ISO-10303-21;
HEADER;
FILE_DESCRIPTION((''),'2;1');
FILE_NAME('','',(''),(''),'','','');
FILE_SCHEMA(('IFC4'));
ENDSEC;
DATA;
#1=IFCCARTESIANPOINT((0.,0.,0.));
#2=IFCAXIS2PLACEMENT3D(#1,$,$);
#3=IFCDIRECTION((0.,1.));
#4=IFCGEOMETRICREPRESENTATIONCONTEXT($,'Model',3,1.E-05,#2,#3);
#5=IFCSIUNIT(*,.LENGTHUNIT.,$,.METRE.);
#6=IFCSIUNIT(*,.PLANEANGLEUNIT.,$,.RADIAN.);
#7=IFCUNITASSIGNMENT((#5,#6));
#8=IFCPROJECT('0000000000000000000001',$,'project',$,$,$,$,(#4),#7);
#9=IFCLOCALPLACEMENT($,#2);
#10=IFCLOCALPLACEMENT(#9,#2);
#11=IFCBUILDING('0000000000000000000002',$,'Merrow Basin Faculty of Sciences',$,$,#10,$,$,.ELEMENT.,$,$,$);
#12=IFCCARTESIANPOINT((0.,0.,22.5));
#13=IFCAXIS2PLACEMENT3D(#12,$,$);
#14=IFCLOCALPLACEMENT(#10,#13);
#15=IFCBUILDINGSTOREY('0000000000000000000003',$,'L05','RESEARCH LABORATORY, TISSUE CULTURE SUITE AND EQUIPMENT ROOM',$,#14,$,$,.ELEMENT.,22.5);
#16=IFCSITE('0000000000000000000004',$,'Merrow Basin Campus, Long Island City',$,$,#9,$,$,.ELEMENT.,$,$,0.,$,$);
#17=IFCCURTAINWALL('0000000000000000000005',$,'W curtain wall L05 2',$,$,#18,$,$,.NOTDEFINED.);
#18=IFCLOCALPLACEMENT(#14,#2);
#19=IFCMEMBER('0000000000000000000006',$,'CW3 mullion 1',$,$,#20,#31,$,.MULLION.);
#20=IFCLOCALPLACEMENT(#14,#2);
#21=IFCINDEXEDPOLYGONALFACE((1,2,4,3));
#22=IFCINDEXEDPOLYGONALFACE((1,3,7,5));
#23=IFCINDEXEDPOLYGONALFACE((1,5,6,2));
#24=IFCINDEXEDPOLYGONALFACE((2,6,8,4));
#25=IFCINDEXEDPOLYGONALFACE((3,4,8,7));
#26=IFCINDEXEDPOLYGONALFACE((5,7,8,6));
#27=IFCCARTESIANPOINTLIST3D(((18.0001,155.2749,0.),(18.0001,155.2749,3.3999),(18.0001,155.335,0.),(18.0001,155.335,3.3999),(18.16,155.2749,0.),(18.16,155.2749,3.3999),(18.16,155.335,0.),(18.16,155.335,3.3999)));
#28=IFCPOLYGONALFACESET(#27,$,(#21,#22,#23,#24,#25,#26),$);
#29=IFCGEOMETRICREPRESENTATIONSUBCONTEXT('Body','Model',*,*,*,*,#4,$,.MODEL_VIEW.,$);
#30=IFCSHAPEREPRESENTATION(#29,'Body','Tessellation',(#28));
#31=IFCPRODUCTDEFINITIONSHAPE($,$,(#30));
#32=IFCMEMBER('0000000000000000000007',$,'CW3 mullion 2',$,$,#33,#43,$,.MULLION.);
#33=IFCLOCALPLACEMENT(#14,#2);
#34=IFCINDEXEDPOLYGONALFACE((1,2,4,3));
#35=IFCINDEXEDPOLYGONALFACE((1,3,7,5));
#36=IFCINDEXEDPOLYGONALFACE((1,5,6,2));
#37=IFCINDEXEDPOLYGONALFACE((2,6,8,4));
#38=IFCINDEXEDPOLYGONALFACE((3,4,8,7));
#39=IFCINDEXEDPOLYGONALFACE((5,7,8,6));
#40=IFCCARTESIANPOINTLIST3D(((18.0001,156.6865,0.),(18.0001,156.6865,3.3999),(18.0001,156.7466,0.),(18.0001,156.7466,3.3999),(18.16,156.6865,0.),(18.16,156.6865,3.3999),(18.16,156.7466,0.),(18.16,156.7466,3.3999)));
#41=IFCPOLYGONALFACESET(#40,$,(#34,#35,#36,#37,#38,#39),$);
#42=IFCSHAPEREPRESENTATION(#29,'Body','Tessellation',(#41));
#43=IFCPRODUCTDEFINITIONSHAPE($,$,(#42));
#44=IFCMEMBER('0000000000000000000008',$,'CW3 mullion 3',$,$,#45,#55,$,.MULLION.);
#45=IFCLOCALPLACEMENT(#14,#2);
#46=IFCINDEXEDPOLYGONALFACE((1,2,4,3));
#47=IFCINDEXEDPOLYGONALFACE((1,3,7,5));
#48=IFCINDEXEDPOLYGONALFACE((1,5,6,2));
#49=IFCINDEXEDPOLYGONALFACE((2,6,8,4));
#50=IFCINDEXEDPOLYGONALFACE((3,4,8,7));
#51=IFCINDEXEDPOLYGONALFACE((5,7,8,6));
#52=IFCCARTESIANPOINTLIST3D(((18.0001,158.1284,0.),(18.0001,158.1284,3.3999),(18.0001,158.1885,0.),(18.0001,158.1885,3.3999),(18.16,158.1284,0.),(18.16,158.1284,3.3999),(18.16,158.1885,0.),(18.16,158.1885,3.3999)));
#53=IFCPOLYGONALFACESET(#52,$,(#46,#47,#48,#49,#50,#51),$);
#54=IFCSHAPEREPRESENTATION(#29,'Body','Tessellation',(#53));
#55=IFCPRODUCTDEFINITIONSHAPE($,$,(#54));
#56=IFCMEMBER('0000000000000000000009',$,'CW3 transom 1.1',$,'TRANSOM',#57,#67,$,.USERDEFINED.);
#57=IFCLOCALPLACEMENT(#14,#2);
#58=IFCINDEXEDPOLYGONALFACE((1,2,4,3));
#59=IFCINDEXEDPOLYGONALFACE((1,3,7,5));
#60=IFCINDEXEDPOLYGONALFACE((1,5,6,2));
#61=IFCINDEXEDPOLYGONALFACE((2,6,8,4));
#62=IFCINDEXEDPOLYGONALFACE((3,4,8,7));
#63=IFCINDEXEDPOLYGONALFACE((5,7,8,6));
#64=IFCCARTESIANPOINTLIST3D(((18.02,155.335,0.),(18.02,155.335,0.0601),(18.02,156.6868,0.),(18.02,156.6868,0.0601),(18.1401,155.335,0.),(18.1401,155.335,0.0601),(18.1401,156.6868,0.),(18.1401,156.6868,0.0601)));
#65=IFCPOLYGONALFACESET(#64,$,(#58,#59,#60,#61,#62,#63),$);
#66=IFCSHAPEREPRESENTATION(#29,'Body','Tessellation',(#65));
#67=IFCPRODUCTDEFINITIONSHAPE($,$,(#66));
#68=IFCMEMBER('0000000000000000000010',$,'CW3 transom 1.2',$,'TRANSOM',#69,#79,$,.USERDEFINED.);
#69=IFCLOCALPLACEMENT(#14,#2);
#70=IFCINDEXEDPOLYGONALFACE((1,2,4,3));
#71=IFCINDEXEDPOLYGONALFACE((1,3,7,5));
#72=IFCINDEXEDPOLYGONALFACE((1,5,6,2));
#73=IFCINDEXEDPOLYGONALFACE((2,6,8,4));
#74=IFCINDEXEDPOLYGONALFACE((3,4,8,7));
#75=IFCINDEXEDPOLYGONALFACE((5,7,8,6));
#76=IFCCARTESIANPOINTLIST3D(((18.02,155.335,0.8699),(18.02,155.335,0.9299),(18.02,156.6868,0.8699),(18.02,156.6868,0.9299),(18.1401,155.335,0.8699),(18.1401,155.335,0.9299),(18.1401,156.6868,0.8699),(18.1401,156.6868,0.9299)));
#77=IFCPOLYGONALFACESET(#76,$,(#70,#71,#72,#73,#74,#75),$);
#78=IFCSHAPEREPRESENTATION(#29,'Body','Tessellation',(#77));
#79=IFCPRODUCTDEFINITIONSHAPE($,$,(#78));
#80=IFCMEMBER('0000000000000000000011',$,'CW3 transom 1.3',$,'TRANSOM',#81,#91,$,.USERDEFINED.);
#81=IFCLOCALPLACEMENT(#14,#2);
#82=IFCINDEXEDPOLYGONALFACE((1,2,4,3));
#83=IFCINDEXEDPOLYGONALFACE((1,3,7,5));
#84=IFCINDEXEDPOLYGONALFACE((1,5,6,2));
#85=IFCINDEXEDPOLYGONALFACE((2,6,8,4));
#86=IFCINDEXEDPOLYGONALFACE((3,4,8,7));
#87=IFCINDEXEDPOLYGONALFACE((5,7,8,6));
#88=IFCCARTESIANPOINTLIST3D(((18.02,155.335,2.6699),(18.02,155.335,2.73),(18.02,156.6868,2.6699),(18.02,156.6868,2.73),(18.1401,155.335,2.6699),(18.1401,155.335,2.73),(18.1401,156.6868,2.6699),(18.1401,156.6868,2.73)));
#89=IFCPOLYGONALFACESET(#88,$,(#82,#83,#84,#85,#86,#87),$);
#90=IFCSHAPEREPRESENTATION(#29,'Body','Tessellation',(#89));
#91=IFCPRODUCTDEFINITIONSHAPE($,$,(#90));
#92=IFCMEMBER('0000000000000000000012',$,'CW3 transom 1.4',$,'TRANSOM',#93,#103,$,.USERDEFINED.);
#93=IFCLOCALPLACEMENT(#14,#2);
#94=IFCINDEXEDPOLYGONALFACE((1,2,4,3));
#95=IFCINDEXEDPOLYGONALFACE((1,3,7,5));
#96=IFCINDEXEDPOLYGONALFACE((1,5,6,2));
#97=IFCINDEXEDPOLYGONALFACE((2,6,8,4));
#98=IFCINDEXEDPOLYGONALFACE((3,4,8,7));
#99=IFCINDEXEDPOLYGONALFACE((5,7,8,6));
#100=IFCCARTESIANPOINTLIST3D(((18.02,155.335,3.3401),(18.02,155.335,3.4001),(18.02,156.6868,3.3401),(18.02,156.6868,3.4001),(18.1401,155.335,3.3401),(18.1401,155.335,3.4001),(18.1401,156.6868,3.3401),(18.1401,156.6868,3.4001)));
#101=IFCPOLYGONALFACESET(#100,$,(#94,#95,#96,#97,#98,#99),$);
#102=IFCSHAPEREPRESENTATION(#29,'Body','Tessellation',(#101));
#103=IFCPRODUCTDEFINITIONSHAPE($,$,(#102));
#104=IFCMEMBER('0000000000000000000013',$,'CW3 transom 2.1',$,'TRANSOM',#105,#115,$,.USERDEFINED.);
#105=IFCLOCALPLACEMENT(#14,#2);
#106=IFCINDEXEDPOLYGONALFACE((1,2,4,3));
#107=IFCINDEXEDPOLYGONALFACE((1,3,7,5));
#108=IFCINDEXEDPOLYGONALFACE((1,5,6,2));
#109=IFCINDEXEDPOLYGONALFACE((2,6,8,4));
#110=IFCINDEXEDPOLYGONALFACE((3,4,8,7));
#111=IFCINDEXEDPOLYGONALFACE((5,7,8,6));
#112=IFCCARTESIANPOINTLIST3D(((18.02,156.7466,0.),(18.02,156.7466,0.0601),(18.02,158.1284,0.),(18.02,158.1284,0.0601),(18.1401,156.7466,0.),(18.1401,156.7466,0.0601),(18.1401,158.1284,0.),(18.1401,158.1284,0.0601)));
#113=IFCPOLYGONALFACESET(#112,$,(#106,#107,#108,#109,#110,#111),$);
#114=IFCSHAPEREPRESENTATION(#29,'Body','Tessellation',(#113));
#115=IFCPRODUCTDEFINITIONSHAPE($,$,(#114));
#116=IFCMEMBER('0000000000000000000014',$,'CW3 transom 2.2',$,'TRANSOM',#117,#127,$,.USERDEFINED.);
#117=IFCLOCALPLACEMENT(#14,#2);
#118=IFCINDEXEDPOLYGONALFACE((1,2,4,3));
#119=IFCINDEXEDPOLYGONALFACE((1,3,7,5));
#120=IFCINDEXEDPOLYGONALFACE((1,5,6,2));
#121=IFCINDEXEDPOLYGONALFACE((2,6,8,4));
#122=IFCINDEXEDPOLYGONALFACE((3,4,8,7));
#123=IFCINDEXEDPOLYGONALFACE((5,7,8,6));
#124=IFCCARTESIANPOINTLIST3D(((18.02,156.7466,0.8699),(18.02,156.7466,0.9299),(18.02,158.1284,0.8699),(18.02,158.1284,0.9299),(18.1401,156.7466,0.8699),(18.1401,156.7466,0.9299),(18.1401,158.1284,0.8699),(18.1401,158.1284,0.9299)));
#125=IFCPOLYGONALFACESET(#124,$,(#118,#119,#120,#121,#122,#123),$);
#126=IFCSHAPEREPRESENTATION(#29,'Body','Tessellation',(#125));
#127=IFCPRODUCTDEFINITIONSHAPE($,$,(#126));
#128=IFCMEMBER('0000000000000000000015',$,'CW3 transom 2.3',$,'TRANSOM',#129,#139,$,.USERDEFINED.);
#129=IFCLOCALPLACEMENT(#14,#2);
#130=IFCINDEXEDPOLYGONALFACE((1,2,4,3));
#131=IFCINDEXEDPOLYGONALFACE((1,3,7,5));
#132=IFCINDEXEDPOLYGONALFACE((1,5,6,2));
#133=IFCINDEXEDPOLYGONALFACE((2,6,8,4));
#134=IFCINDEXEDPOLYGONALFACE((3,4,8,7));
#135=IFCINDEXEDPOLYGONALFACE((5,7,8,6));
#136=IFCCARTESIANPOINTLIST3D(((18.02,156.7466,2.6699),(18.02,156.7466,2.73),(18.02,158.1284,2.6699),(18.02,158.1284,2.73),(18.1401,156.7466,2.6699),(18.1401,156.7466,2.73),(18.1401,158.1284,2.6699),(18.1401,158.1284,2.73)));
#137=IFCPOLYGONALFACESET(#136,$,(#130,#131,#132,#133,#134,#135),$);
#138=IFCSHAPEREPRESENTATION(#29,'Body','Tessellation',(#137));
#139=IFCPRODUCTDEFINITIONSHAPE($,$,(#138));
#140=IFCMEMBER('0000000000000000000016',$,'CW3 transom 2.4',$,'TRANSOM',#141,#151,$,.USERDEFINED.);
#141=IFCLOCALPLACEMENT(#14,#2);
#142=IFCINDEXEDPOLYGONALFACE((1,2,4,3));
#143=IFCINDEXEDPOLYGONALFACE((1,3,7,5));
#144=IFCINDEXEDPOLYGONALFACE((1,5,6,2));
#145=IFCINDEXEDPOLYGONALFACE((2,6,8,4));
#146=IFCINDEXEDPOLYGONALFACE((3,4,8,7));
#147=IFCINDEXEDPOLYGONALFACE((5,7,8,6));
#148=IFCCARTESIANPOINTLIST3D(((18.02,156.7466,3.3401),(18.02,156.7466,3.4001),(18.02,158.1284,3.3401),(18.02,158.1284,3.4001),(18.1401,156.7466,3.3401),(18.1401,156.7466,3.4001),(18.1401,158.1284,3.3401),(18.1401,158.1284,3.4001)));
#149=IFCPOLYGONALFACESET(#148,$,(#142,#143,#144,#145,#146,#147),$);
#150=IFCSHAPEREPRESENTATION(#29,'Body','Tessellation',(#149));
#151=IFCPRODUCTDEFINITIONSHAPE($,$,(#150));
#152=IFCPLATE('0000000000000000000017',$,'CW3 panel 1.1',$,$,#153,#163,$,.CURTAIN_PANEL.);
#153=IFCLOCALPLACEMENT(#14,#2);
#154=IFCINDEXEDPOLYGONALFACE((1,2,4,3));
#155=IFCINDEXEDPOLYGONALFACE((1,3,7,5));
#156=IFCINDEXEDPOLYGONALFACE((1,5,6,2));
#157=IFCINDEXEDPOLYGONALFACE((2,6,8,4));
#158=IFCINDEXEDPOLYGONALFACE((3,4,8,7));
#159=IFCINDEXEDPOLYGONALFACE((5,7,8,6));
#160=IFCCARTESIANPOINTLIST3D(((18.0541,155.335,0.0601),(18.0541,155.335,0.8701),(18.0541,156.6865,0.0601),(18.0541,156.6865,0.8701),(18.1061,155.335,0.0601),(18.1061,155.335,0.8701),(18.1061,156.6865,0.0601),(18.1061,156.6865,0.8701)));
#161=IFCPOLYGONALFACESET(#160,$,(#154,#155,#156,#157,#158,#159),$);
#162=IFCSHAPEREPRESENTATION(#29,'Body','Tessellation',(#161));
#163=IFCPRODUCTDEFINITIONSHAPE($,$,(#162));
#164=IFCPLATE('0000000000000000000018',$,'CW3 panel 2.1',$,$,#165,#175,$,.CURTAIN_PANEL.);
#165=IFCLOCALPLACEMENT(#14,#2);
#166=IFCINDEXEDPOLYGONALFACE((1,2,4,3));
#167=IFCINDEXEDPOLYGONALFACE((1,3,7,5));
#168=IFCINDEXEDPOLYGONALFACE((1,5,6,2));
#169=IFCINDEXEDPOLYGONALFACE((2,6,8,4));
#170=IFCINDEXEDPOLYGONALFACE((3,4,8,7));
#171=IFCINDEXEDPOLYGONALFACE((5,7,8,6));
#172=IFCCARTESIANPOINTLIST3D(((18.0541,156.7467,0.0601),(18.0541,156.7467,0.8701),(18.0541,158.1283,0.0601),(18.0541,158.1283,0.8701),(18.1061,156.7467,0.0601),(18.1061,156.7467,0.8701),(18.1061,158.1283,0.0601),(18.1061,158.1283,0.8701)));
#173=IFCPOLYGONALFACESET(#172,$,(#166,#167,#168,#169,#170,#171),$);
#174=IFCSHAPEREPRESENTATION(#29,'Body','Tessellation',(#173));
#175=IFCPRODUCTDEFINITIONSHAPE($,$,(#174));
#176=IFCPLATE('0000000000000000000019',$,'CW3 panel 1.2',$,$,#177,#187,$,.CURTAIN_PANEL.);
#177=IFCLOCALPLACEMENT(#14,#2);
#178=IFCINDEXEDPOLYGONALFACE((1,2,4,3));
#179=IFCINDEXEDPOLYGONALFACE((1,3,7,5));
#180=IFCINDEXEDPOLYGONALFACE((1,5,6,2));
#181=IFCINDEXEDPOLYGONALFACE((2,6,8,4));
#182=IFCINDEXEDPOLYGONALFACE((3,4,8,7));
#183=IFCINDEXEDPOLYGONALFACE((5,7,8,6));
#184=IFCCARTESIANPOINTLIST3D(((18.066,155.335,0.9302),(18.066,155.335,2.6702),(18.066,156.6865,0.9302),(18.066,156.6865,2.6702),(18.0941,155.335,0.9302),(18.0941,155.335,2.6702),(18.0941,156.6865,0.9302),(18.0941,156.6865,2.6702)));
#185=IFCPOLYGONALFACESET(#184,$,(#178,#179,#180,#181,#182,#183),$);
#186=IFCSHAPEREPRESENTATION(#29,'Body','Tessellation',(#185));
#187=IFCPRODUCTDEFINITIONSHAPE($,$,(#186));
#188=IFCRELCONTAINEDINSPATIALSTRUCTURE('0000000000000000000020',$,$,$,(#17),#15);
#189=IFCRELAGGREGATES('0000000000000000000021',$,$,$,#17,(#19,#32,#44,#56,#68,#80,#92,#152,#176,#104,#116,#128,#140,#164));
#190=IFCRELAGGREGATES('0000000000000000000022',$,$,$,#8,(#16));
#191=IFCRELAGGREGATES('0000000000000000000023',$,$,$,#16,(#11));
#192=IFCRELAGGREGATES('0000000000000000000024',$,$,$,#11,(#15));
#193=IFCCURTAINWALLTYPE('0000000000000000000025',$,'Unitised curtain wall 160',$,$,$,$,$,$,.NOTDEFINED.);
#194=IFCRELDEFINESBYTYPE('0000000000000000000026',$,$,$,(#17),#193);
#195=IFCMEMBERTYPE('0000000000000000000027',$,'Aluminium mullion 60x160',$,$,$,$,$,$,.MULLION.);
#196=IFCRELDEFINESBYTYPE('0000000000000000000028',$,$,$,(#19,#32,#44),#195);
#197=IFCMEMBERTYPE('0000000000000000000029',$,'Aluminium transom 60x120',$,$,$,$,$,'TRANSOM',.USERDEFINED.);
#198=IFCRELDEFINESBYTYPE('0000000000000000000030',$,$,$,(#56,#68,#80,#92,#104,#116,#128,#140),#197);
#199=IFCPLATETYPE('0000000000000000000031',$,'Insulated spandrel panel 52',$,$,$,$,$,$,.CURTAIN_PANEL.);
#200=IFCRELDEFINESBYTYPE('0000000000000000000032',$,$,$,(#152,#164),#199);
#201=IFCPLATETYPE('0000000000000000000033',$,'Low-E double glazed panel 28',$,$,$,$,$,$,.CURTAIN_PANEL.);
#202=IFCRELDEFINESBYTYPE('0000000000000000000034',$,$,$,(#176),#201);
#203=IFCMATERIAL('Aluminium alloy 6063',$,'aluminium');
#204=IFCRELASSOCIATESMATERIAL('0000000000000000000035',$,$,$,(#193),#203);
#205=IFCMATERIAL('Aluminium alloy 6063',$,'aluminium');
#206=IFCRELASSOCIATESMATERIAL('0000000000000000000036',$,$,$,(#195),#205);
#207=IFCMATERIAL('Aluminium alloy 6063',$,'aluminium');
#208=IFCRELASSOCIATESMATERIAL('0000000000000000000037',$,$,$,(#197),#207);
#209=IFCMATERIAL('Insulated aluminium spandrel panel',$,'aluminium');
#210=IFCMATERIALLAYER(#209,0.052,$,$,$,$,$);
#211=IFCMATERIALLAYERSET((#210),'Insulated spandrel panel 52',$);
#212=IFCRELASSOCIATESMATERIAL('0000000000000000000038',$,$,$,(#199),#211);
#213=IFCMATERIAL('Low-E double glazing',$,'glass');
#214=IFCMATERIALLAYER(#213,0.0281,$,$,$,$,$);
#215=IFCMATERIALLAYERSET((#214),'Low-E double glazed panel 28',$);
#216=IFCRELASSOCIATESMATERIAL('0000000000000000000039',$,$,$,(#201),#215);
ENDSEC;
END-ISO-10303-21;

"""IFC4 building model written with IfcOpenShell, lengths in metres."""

from ifc_helpers import new_model, si_unit, direction, frame, origin, origin_2d, place, context, subcontext, project, spatial, rectangle, extrude, material, layer, layer_set, material_profile, profile_set, type_object, element, aggregate, save


model = new_model("IFC4")

# Units and contexts
model_context = context("Model", 3, precision=1e-05, world=origin(), true_north=direction((0.0, 1.0)))
body_context = subcontext(model_context, "Body", "Model", "MODEL_VIEW")
ifc_project = project(units=[si_unit("LENGTHUNIT", "METRE"), si_unit("PLANEANGLEUNIT", "RADIAN")], contexts=[model_context])

# Site, building, storey
site_placement = place(None, origin())
site = spatial("IfcSite", under=ifc_project, at=site_placement, Name="Merrow Basin Campus, Long Island City", CompositionType="ELEMENT", RefElevation=0.0)
building_placement = place(site_placement, origin())
building = spatial("IfcBuilding", under=site, at=building_placement, Name="Merrow Basin Faculty of Sciences", CompositionType="ELEMENT")
storey_placement = place(building_placement, frame((0.0, 0.0, 22.5)))
storey = spatial("IfcBuildingStorey", under=building, at=storey_placement, Name="L05", Description="RESEARCH LABORATORY, TISSUE CULTURE SUITE AND EQUIPMENT ROOM", CompositionType="ELEMENT", Elevation=22.5)

# Curtain wall, members, plates
ifc_material_1 = material(Name="Aluminium alloy 6063", Category="aluminium")
curtain_wall_type = type_object("IfcCurtainWallType", Name="Unitised curtain wall 160", PredefinedType="NOTDEFINED", material=ifc_material_1)
curtain_wall_placement = place(storey_placement, origin())
curtain_wall = element("IfcCurtainWall", 1, at=curtain_wall_placement, inside=storey, type_object=curtain_wall_type, Name="W curtain wall L05 2", PredefinedType="NOTDEFINED")
ifc_material_2 = material(Name="Aluminium alloy 6063", Category="aluminium")
ifc_material_profile_1 = material_profile(ifc_material_2, rectangle(XDim=0.1599, YDim=0.0601, at=origin_2d()))
ifc_profile_set_1 = profile_set([ifc_material_profile_1], Name="Aluminium alloy 6063")
member_type_1 = type_object("IfcMemberType", Name="Aluminium mullion 60x160", PredefinedType="MULLION", material=ifc_profile_set_1)
member_1_placement = place(storey_placement, frame((18.0801, 155.3049, 0.0), z_axis=(0.0, 0.0, 1.0), x_axis=(-1.0, 0.0, 0.0)))
member_1 = element("IfcMember", 2, at=member_1_placement, type_object=member_type_1, Name="CW3 mullion 1", PredefinedType="MULLION", context=body_context, shape_type="SweptSolid", body=[
    extrude(rectangle(XDim=0.1599, YDim=0.0601, at=origin_2d()), origin(), (0.0, 0.0, 1.0), 3.3999),
])
member_2_placement = place(storey_placement, frame((18.0801, 156.7166, 0.0), z_axis=(0.0, 0.0, 1.0), x_axis=(-1.0, 0.0, 0.0)))
member_2 = element("IfcMember", 3, at=member_2_placement, type_object=member_type_1, Name="CW3 mullion 2", PredefinedType="MULLION", context=body_context, shape_type="SweptSolid", body=[
    extrude(rectangle(XDim=0.1599, YDim=0.0601, at=origin_2d()), origin(), (0.0, 0.0, 1.0), 3.3999),
])
member_3_placement = place(storey_placement, frame((18.0801, 158.1584, 0.0), z_axis=(0.0, 0.0, 1.0), x_axis=(-1.0, 0.0, 0.0)))
member_3 = element("IfcMember", 4, at=member_3_placement, type_object=member_type_1, Name="CW3 mullion 3", PredefinedType="MULLION", context=body_context, shape_type="SweptSolid", body=[
    extrude(rectangle(XDim=0.1599, YDim=0.0601, at=origin_2d()), origin(), (0.0, 0.0, 1.0), 3.3999),
])
ifc_material_3 = material(Name="Aluminium alloy 6063", Category="aluminium")
ifc_material_profile_2 = material_profile(ifc_material_3, rectangle(XDim=0.1201, YDim=0.0601, at=origin_2d()))
ifc_profile_set_2 = profile_set([ifc_material_profile_2], Name="Aluminium alloy 6063")
member_type_2 = type_object("IfcMemberType", Name="Aluminium transom 60x120", ElementType="TRANSOM", PredefinedType="USERDEFINED", material=ifc_profile_set_2)
member_4_placement = place(storey_placement, frame((18.0801, 155.335, 0.03), z_axis=(0.0, 1.0, 0.0), x_axis=(-1.0, 0.0, 0.0)))
member_4 = element("IfcMember", 5, at=member_4_placement, type_object=member_type_2, Name="CW3 transom 1.1", ObjectType="TRANSOM", PredefinedType="USERDEFINED", context=body_context, shape_type="SweptSolid", body=[
    extrude(rectangle(XDim=0.1201, YDim=0.0601, at=origin_2d()), origin(), (0.0, 0.0, 1.0), 1.3518),
])
member_5_placement = place(storey_placement, frame((18.0801, 155.335, 0.8999), z_axis=(0.0, 1.0, 0.0), x_axis=(-1.0, 0.0, 0.0)))
member_5 = element("IfcMember", 6, at=member_5_placement, type_object=member_type_2, Name="CW3 transom 1.2", ObjectType="TRANSOM", PredefinedType="USERDEFINED", context=body_context, shape_type="SweptSolid", body=[
    extrude(rectangle(XDim=0.1201, YDim=0.0601, at=origin_2d()), origin(), (0.0, 0.0, 1.0), 1.3518),
])
member_6_placement = place(storey_placement, frame((18.0801, 155.335, 2.7), z_axis=(0.0, 1.0, 0.0), x_axis=(-1.0, 0.0, 0.0)))
member_6 = element("IfcMember", 7, at=member_6_placement, type_object=member_type_2, Name="CW3 transom 1.3", ObjectType="TRANSOM", PredefinedType="USERDEFINED", context=body_context, shape_type="SweptSolid", body=[
    extrude(rectangle(XDim=0.1201, YDim=0.0601, at=origin_2d()), origin(), (0.0, 0.0, 1.0), 1.3518),
])
member_7_placement = place(storey_placement, frame((18.0801, 155.335, 3.3701), z_axis=(0.0, 1.0, 0.0), x_axis=(-1.0, 0.0, 0.0)))
member_7 = element("IfcMember", 8, at=member_7_placement, type_object=member_type_2, Name="CW3 transom 1.4", ObjectType="TRANSOM", PredefinedType="USERDEFINED", context=body_context, shape_type="SweptSolid", body=[
    extrude(rectangle(XDim=0.1201, YDim=0.0601, at=origin_2d()), origin(), (0.0, 0.0, 1.0), 1.3518),
])
member_8_placement = place(storey_placement, frame((18.0801, 156.7466, 0.03), z_axis=(0.0, 1.0, 0.0), x_axis=(-1.0, 0.0, 0.0)))
member_8 = element("IfcMember", 9, at=member_8_placement, type_object=member_type_2, Name="CW3 transom 2.1", ObjectType="TRANSOM", PredefinedType="USERDEFINED", context=body_context, shape_type="SweptSolid", body=[
    extrude(rectangle(XDim=0.1201, YDim=0.0601, at=origin_2d()), origin(), (0.0, 0.0, 1.0), 1.3818),
])
member_9_placement = place(storey_placement, frame((18.0801, 156.7466, 0.8999), z_axis=(0.0, 1.0, 0.0), x_axis=(-1.0, 0.0, 0.0)))
member_9 = element("IfcMember", 10, at=member_9_placement, type_object=member_type_2, Name="CW3 transom 2.2", ObjectType="TRANSOM", PredefinedType="USERDEFINED", context=body_context, shape_type="SweptSolid", body=[
    extrude(rectangle(XDim=0.1201, YDim=0.0601, at=origin_2d()), origin(), (0.0, 0.0, 1.0), 1.3818),
])
member_10_placement = place(storey_placement, frame((18.0801, 156.7466, 2.7), z_axis=(0.0, 1.0, 0.0), x_axis=(-1.0, 0.0, 0.0)))
member_10 = element("IfcMember", 11, at=member_10_placement, type_object=member_type_2, Name="CW3 transom 2.3", ObjectType="TRANSOM", PredefinedType="USERDEFINED", context=body_context, shape_type="SweptSolid", body=[
    extrude(rectangle(XDim=0.1201, YDim=0.0601, at=origin_2d()), origin(), (0.0, 0.0, 1.0), 1.3818),
])
member_11_placement = place(storey_placement, frame((18.0801, 156.7466, 3.3701), z_axis=(0.0, 1.0, 0.0), x_axis=(-1.0, 0.0, 0.0)))
member_11 = element("IfcMember", 12, at=member_11_placement, type_object=member_type_2, Name="CW3 transom 2.4", ObjectType="TRANSOM", PredefinedType="USERDEFINED", context=body_context, shape_type="SweptSolid", body=[
    extrude(rectangle(XDim=0.1201, YDim=0.0601, at=origin_2d()), origin(), (0.0, 0.0, 1.0), 1.3818),
])
ifc_material_4 = material(Name="Insulated aluminium spandrel panel", Category="aluminium")
ifc_layer_1 = layer(ifc_material_4, 0.052)
ifc_layer_set_1 = layer_set([ifc_layer_1], Name="Insulated spandrel panel 52")
plate_type_1 = type_object("IfcPlateType", Name="Insulated spandrel panel 52", PredefinedType="CURTAIN_PANEL", material=ifc_layer_set_1)
plate_1_placement = place(storey_placement, frame((18.0801, 156.0107, 0.0601), z_axis=(0.0, 0.0, 1.0), x_axis=(0.0, 1.0, 0.0)))
plate_1 = element("IfcPlate", 13, at=plate_1_placement, type_object=plate_type_1, Name="CW3 panel 1.1", PredefinedType="CURTAIN_PANEL", context=body_context, shape_type="SweptSolid", body=[
    extrude(rectangle(XDim=1.3516, YDim=0.052, at=origin_2d()), origin(), (0.0, 0.0, 1.0), 0.8101),
])
plate_2_placement = place(storey_placement, frame((18.0801, 157.4375, 0.0601), z_axis=(0.0, 0.0, 1.0), x_axis=(0.0, 1.0, 0.0)))
plate_2 = element("IfcPlate", 14, at=plate_2_placement, type_object=plate_type_1, Name="CW3 panel 2.1", PredefinedType="CURTAIN_PANEL", context=body_context, shape_type="SweptSolid", body=[
    extrude(rectangle(XDim=1.3816, YDim=0.052, at=origin_2d()), origin(), (0.0, 0.0, 1.0), 0.8101),
])
ifc_material_5 = material(Name="Low-E double glazing", Category="glass")
ifc_layer_2 = layer(ifc_material_5, 0.0281)
ifc_layer_set_2 = layer_set([ifc_layer_2], Name="Low-E double glazed panel 28")
plate_type_2 = type_object("IfcPlateType", Name="Low-E double glazed panel 28", PredefinedType="CURTAIN_PANEL", material=ifc_layer_set_2)
plate_3_placement = place(storey_placement, frame((18.0801, 156.0107, 0.9302), z_axis=(0.0, 0.0, 1.0), x_axis=(0.0, 1.0, 0.0)))
plate_3 = element("IfcPlate", 15, at=plate_3_placement, type_object=plate_type_2, Name="CW3 panel 1.2", PredefinedType="CURTAIN_PANEL", context=body_context, shape_type="SweptSolid", body=[
    extrude(rectangle(XDim=1.3516, YDim=0.0281, at=origin_2d()), origin(), (0.0, 0.0, 1.0), 1.74),
])
aggregate(curtain_wall, [member_1, member_2, member_3, member_4, member_5, member_6, member_7, plate_1, plate_3, member_8, member_9, member_10, member_11, plate_2])

save(model, "model.ifc")
